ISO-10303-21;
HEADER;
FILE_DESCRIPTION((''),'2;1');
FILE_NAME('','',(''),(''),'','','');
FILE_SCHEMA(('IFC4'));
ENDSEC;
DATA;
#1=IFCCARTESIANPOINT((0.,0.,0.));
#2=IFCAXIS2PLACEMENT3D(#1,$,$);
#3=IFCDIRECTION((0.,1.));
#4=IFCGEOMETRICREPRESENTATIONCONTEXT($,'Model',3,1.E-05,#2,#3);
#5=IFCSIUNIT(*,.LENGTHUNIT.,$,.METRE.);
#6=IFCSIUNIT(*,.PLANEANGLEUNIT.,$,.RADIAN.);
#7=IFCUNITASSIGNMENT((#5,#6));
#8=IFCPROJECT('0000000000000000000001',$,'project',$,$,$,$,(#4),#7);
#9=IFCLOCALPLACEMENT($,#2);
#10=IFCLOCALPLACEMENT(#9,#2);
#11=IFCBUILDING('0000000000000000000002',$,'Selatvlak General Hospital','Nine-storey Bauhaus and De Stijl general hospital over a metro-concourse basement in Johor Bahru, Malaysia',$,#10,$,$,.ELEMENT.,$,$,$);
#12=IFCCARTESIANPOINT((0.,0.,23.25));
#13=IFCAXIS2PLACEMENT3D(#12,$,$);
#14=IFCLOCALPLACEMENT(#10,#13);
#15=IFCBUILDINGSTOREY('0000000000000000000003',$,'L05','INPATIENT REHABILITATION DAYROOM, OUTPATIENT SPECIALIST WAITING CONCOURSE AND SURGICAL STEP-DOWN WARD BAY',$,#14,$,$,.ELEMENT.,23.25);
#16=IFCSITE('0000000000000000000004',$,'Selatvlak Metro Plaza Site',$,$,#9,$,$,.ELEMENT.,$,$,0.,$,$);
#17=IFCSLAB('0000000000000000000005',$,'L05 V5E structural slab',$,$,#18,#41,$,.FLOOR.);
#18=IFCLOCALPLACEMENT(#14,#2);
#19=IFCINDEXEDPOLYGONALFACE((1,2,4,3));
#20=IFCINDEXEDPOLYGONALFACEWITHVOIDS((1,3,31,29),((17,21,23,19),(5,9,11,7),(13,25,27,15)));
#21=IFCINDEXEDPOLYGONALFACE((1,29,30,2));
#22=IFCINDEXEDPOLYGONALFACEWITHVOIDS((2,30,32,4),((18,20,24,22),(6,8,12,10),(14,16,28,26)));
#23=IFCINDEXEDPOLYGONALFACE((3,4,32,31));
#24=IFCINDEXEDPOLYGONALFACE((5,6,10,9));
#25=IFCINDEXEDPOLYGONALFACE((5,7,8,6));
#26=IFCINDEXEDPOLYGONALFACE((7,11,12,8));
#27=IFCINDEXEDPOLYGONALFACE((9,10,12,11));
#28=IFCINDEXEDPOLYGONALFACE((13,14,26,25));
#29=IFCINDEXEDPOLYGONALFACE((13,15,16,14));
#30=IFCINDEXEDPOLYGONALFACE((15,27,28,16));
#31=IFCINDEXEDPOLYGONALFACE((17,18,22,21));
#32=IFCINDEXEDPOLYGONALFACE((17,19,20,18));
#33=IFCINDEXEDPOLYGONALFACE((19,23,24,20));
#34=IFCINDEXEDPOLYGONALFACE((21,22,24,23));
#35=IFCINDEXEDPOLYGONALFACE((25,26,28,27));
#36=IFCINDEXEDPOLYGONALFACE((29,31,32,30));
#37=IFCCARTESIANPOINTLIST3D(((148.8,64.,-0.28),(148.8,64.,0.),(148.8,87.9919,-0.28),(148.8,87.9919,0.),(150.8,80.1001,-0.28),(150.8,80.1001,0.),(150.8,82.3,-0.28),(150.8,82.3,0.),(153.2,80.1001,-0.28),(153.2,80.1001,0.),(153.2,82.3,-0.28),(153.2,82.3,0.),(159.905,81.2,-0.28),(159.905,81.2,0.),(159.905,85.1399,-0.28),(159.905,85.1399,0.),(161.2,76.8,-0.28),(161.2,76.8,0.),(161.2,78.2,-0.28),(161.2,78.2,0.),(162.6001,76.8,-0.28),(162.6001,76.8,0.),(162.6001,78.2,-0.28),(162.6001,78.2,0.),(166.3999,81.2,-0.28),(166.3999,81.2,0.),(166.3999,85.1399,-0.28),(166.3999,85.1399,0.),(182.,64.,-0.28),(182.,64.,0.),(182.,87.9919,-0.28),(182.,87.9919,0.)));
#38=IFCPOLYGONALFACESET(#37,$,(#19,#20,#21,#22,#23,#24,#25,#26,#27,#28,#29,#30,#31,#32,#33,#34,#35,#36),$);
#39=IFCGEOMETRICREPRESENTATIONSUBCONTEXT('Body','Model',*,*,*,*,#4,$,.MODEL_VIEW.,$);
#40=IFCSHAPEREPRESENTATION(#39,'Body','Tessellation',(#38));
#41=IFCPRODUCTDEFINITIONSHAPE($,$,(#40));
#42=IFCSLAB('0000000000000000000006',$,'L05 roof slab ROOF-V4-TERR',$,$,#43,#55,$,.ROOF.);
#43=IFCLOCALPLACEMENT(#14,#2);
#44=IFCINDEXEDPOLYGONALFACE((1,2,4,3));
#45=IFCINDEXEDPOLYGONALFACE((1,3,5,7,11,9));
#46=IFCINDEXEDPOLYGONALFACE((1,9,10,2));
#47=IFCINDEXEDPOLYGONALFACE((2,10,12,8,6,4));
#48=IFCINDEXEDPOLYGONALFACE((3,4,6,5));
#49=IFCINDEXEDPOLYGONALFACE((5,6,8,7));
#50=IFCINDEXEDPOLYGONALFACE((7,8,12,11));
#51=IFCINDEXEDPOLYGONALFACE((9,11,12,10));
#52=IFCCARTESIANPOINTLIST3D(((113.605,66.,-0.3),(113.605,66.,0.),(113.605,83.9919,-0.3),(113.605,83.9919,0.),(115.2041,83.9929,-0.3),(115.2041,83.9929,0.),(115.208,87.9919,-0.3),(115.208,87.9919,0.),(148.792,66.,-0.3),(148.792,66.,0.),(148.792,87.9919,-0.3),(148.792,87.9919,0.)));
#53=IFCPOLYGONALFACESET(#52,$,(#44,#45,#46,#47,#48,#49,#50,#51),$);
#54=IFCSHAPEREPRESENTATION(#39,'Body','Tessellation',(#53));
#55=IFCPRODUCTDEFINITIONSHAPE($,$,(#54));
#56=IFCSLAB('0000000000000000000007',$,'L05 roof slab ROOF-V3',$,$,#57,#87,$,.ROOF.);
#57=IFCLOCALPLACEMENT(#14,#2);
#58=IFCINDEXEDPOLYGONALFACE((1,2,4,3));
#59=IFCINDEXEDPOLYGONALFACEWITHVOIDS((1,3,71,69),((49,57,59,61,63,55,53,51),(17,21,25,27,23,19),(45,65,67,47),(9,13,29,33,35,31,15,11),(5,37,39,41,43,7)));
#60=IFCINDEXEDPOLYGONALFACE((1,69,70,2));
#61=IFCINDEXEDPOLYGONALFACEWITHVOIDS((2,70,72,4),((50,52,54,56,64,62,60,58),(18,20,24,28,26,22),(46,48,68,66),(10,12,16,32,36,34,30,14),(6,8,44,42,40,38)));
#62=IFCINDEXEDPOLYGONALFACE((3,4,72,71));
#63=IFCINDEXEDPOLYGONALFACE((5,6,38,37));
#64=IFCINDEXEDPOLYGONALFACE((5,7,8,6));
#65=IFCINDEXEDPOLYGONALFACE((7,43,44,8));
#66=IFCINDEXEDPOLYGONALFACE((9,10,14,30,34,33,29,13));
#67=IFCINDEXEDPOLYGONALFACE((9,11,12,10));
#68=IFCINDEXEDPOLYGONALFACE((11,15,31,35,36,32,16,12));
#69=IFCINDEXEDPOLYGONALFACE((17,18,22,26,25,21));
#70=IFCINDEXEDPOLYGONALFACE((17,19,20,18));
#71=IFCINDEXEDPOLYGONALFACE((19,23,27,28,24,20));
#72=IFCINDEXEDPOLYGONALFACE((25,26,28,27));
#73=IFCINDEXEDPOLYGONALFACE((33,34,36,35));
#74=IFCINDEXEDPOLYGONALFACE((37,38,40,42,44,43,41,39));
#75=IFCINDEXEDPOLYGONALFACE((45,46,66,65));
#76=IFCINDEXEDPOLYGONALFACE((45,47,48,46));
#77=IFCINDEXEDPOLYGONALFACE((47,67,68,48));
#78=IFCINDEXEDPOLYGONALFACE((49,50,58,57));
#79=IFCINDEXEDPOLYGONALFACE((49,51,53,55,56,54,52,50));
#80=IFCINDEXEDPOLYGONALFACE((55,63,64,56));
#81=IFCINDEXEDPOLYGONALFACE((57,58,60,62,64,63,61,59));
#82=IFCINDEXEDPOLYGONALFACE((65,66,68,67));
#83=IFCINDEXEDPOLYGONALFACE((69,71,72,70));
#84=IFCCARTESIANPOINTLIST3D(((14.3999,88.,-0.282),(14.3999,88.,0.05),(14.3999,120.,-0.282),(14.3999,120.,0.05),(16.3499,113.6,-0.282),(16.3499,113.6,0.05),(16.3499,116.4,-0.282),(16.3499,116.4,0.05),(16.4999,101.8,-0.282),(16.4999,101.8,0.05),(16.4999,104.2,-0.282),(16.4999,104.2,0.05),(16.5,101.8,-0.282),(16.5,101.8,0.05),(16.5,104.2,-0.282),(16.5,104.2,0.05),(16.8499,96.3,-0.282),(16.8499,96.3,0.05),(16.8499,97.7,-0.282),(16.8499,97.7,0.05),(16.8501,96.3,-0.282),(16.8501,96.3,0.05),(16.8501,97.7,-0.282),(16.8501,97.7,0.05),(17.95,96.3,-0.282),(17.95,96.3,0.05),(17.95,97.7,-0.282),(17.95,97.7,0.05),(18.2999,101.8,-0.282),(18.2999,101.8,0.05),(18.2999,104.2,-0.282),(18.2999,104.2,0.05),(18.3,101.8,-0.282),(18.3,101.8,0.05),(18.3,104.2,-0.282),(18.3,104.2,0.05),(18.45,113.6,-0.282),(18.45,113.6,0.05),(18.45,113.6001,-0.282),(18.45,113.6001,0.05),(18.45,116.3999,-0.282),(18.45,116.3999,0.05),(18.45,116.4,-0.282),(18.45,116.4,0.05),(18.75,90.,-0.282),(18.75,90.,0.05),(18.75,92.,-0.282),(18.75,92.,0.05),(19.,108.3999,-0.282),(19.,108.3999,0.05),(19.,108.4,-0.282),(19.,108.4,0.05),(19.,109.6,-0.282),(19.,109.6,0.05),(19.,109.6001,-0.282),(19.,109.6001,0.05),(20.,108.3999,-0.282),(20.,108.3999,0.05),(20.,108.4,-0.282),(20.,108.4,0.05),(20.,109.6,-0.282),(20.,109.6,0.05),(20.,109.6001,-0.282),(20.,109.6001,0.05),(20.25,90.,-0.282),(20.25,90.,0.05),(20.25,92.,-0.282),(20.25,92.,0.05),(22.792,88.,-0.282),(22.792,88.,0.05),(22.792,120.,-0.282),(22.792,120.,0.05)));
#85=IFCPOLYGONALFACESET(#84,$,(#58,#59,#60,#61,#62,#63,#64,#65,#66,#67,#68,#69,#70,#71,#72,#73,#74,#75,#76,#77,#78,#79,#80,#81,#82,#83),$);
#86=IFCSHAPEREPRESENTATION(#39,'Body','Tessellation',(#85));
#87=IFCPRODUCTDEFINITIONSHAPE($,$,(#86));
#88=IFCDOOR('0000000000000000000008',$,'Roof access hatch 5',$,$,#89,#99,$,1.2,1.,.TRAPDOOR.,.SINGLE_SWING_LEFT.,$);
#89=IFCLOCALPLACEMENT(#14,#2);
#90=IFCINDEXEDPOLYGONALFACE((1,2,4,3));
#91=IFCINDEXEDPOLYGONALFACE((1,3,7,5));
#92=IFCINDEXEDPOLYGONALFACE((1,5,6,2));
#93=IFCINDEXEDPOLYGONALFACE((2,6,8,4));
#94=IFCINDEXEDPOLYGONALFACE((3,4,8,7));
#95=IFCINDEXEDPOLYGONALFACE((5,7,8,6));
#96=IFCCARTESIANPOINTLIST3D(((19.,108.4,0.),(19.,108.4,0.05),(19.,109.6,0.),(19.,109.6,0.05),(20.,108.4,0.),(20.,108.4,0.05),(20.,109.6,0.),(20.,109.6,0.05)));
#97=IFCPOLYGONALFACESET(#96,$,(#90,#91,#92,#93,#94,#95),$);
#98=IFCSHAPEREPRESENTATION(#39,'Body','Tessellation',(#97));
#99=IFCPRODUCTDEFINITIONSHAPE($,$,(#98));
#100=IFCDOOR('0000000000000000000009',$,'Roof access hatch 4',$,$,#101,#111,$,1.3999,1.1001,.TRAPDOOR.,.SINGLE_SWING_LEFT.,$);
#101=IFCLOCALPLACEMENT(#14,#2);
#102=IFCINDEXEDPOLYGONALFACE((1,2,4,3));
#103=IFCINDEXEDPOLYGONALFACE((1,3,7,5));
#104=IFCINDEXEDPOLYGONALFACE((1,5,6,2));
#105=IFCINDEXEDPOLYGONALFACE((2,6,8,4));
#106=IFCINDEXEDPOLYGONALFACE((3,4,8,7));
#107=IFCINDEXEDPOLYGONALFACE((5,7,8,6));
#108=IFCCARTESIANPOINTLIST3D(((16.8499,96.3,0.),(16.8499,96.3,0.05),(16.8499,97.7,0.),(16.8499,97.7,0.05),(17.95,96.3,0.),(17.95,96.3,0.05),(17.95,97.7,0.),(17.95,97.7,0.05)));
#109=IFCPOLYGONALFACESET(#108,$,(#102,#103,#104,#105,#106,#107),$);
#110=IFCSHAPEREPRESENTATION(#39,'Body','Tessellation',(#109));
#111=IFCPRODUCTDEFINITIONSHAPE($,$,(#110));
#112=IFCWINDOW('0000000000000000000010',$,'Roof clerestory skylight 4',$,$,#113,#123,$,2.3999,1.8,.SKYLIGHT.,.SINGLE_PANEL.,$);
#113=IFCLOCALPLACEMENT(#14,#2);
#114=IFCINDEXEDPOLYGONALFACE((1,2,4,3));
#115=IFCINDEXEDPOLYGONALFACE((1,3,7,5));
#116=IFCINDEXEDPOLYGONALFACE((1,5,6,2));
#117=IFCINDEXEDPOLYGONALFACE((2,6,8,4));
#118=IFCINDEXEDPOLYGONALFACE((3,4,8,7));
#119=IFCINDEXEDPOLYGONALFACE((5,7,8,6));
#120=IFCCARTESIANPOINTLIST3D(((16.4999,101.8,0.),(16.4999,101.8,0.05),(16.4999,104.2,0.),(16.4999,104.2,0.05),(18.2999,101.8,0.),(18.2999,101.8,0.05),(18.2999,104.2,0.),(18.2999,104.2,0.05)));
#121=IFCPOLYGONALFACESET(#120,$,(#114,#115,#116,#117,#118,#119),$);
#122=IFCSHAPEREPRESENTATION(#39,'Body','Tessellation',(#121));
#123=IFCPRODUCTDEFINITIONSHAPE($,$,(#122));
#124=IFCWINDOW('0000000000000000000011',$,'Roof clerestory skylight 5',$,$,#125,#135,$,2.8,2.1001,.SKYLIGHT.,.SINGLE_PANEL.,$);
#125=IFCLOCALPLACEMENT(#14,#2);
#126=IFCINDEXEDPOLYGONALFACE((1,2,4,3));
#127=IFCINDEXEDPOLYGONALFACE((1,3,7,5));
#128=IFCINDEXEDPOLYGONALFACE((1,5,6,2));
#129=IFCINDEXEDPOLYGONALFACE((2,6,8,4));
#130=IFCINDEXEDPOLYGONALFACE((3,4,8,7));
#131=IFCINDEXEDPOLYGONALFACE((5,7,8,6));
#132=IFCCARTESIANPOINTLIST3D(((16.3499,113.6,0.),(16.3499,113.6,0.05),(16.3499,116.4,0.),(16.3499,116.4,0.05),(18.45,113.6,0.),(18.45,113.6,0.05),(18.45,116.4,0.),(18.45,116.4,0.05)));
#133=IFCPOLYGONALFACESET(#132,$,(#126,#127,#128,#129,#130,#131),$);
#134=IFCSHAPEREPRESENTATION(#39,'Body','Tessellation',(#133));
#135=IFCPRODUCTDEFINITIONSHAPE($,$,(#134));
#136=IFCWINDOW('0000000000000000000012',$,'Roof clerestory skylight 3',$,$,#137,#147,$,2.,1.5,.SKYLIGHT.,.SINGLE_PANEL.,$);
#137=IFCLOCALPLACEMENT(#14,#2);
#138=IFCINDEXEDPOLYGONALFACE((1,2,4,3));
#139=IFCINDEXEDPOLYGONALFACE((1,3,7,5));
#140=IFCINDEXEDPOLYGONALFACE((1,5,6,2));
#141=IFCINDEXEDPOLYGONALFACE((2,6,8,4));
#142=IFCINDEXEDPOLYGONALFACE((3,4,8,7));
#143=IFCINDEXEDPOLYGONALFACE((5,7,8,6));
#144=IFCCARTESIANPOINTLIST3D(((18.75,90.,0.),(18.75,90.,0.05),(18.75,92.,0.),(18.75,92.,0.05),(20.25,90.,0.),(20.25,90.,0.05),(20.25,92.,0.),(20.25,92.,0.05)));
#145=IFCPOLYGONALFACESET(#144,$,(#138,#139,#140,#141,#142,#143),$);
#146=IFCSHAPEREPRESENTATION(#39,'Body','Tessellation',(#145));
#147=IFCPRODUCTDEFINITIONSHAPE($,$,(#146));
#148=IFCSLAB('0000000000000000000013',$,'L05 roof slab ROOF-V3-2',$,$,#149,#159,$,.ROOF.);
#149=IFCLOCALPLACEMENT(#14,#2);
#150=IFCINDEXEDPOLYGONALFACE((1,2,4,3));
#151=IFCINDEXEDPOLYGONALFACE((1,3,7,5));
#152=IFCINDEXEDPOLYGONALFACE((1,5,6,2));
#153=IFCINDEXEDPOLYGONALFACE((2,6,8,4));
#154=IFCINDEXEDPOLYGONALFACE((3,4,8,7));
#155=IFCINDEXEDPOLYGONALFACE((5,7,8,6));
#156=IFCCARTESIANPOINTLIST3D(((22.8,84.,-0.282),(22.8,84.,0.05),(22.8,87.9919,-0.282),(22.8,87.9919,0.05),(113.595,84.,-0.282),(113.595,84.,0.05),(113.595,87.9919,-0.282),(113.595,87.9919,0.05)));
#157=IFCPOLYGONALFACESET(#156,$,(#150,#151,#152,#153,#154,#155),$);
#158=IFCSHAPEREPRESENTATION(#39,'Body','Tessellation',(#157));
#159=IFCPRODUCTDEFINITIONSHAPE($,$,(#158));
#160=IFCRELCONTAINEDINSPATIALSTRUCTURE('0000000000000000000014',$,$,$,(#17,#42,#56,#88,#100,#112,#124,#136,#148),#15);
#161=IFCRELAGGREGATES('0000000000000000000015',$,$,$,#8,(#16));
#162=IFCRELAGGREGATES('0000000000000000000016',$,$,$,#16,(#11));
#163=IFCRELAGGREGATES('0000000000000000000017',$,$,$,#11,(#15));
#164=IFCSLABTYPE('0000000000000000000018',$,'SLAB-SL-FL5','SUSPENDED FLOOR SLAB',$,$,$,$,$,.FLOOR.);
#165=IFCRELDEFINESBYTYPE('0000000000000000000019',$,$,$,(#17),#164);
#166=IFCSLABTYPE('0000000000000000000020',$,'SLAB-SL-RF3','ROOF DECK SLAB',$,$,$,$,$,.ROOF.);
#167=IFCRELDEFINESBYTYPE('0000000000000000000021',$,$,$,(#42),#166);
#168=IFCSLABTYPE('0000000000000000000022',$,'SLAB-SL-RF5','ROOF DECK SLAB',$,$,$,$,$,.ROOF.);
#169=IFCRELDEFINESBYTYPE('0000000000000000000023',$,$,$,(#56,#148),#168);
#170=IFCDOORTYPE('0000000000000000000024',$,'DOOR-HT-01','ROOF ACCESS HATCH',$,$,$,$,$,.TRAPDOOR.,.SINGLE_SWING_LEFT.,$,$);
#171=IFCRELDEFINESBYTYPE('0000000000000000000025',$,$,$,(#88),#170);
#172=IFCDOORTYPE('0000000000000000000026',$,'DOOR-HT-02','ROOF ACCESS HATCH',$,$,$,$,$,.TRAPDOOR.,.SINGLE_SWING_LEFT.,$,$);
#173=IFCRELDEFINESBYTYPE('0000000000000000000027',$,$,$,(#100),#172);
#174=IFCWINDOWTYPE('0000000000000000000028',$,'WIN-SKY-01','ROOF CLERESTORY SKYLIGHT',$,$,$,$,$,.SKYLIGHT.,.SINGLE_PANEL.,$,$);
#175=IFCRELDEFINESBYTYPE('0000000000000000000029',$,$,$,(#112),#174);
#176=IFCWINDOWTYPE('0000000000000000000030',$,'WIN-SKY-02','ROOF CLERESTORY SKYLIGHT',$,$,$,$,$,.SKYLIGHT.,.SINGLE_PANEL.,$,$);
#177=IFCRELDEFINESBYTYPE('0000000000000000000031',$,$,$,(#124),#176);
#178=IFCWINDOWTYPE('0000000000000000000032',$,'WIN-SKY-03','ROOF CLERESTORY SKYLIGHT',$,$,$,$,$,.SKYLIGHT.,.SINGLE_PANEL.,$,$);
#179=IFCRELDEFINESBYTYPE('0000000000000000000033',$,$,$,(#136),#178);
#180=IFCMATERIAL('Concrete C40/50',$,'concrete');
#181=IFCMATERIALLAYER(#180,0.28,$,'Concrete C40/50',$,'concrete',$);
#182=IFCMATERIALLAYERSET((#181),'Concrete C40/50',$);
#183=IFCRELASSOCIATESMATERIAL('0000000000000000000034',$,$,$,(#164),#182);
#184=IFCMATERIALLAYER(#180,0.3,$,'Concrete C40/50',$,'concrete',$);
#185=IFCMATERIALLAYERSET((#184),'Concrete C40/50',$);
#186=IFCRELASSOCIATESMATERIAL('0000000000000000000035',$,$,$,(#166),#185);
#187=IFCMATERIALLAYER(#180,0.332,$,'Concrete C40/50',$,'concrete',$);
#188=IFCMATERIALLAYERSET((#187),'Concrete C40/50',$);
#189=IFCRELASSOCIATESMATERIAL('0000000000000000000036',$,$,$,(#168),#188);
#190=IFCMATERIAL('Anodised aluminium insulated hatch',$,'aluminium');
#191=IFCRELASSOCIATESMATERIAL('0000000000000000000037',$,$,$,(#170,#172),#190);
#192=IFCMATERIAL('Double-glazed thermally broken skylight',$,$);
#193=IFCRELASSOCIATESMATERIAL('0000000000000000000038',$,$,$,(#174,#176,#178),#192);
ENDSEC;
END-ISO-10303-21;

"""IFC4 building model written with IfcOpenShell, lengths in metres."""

from ifc_helpers import new_model, si_unit, direction, frame, origin, origin_2d, place, context, subcontext, project, spatial, polyline, rectangle, outline, extrude, material, layer, layer_set, type_object, element, fill, save


model = new_model("IFC4")

# Units and contexts
model_context = context("Model", 3, precision=1e-05, world=origin(), true_north=direction((0.0, 1.0)))
body_context = subcontext(model_context, "Body", "Model", "MODEL_VIEW")
ifc_project = project(units=[si_unit("LENGTHUNIT", "METRE"), si_unit("PLANEANGLEUNIT", "RADIAN")], contexts=[model_context])

# Site, building, storey
site_placement = place(None, origin())
site = spatial("IfcSite", under=ifc_project, at=site_placement, Name="Selatvlak Metro Plaza Site", CompositionType="ELEMENT", RefElevation=0.0)
building_placement = place(site_placement, origin())
building = spatial("IfcBuilding", under=site, at=building_placement, Name="Selatvlak General Hospital", Description="Nine-storey Bauhaus and De Stijl general hospital over a metro-concourse basement in Johor Bahru, Malaysia", CompositionType="ELEMENT")
storey_placement = place(building_placement, frame((0.0, 0.0, 23.25)))
storey = spatial("IfcBuildingStorey", under=building, at=storey_placement, Name="L05", Description="INPATIENT REHABILITATION DAYROOM, OUTPATIENT SPECIALIST WAITING CONCOURSE AND SURGICAL STEP-DOWN WARD BAY", CompositionType="ELEMENT", Elevation=23.25)

# Shared definitions
ifc_material_1 = material(Name="Concrete C40/50", Category="concrete")

# Slabs
ifc_layer_1 = layer(ifc_material_1, 0.28, Name="Concrete C40/50", Category="concrete")
ifc_layer_set_1 = layer_set([ifc_layer_1], Name="Concrete C40/50")
slab_type_1 = type_object("IfcSlabType", Name="SLAB-SL-FL5", Description="SUSPENDED FLOOR SLAB", PredefinedType="FLOOR", material=ifc_layer_set_1)
slab_1_placement = place(storey_placement, frame((0.0, 0.0, -0.28)))
element("IfcSlab", 1, at=slab_1_placement, inside=storey, type_object=slab_type_1, Name="L05 V5E structural slab", PredefinedType="FLOOR", context=body_context, shape_type="SweptSolid", body=[
    extrude(outline(polyline([(182.0, 87.9919), (182.0, 64.0), (148.8, 64.0), (148.8, 87.9919), (182.0, 87.9919)]), holes=[polyline([(159.905, 85.1399), (159.905, 81.2), (166.3999, 81.2), (166.3999, 85.1399), (159.905, 85.1399)]), polyline([(150.8, 82.3), (150.8, 80.1001), (153.2, 80.1001), (153.2, 82.3), (150.8, 82.3)]), polyline([(162.6001, 78.2), (161.2, 78.2), (161.2, 76.8), (162.6001, 76.8), (162.6001, 78.2)])]), origin(), (0.0, 0.0, 1.0), 0.28),
])
ifc_layer_2 = layer(ifc_material_1, 0.3, Name="Concrete C40/50", Category="concrete")
ifc_layer_set_2 = layer_set([ifc_layer_2], Name="Concrete C40/50")
slab_type_2 = type_object("IfcSlabType", Name="SLAB-SL-RF3", Description="ROOF DECK SLAB", PredefinedType="ROOF", material=ifc_layer_set_2)
slab_2_placement = place(storey_placement, frame((0.0, 0.0, -0.3)))
element("IfcSlab", 2, at=slab_2_placement, inside=storey, type_object=slab_type_2, Name="L05 roof slab ROOF-V4-TERR", PredefinedType="ROOF", context=body_context, shape_type="SweptSolid", body=[
    extrude(outline(polyline([(115.2041, 83.9929), (115.208, 87.9919), (148.792, 87.9919), (148.792, 66.0), (113.605, 66.0), (113.605, 83.9919), (115.2041, 83.9929)])), origin(), (0.0, 0.0, 1.0), 0.3),
])

# Slab, openings, doors, windows
ifc_layer_3 = layer(ifc_material_1, 0.332, Name="Concrete C40/50", Category="concrete")
ifc_layer_set_3 = layer_set([ifc_layer_3], Name="Concrete C40/50")
slab_type_3 = type_object("IfcSlabType", Name="SLAB-SL-RF5", Description="ROOF DECK SLAB", PredefinedType="ROOF", material=ifc_layer_set_3)
slab_3_placement = place(storey_placement, frame((0.0, 0.0, -0.282)))
slab_3 = element("IfcSlab", 3, at=slab_3_placement, inside=storey, type_object=slab_type_3, Name="L05 roof slab ROOF-V3", PredefinedType="ROOF", context=body_context, shape_type="SweptSolid", body=[
    extrude(outline(polyline([(14.3999, 88.0), (14.3999, 120.0), (22.792, 120.0), (22.792, 88.0), (14.3999, 88.0)]), holes=[polyline([(18.75, 90.0), (20.25, 90.0), (20.25, 92.0), (18.75, 92.0), (18.75, 90.0)]), polyline([(16.8501, 96.3), (17.95, 96.3), (17.95, 97.7), (16.8501, 97.7), (16.8501, 96.3)]), polyline([(16.5, 101.8), (18.3, 101.8), (18.3, 104.2), (16.5, 104.2), (16.5, 101.8)]), polyline([(19.0, 108.3999), (20.0, 108.3999), (20.0, 109.6001), (19.0, 109.6001), (19.0, 108.3999)]), polyline([(16.3501, 113.6001), (18.45, 113.6001), (18.45, 116.3999), (16.3501, 116.3999), (16.3501, 113.6001)])]), origin(), (0.0, 0.0, 1.0), 0.332),
])
opening_1_placement = place(slab_3_placement, frame((19.5, 91.0, 0.0)))
opening_1 = element("IfcOpeningElement", 4, at=opening_1_placement, cuts=slab_3, PredefinedType="OPENING", context=body_context, shape_type="SweptSolid", body=[
    extrude(rectangle(XDim=1.5, YDim=2.0, at=origin_2d()), frame((0.0, 0.0, -0.01)), (0.0, 0.0, 1.0), 0.3521),
])
opening_2_placement = place(slab_3_placement, frame((17.3999, 97.0, 0.0)))
opening_2 = element("IfcOpeningElement", 5, at=opening_2_placement, cuts=slab_3, PredefinedType="OPENING", context=body_context, shape_type="SweptSolid", body=[
    extrude(rectangle(XDim=1.1001, YDim=1.3999, at=origin_2d()), frame((0.0, 0.0, -0.01)), (0.0, 0.0, 1.0), 0.3521),
])
opening_3_placement = place(slab_3_placement, frame((17.3999, 103.0, 0.0)))
opening_3 = element("IfcOpeningElement", 6, at=opening_3_placement, cuts=slab_3, PredefinedType="OPENING", context=body_context, shape_type="SweptSolid", body=[
    extrude(rectangle(XDim=1.8, YDim=2.3999, at=origin_2d()), frame((0.0, 0.0, -0.01)), (0.0, 0.0, 1.0), 0.3521),
])
opening_4_placement = place(slab_3_placement, frame((19.5, 109.0, 0.0)))
opening_4 = element("IfcOpeningElement", 7, at=opening_4_placement, cuts=slab_3, PredefinedType="OPENING", context=body_context, shape_type="SweptSolid", body=[
    extrude(rectangle(XDim=1.0, YDim=1.2, at=origin_2d()), frame((0.0, 0.0, -0.01)), (0.0, 0.0, 1.0), 0.3521),
])
opening_5_placement = place(slab_3_placement, frame((17.3999, 115.0, 0.0)))
opening_5 = element("IfcOpeningElement", 8, at=opening_5_placement, cuts=slab_3, PredefinedType="OPENING", context=body_context, shape_type="SweptSolid", body=[
    extrude(rectangle(XDim=2.1001, YDim=2.8, at=origin_2d()), frame((0.0, 0.0, -0.01)), (0.0, 0.0, 1.0), 0.3521),
])
ifc_material_2 = material(Name="Anodised aluminium insulated hatch", Category="aluminium")
door_type_1 = type_object("IfcDoorType", Name="DOOR-HT-01", Description="ROOF ACCESS HATCH", OperationType="SINGLE_SWING_LEFT", PredefinedType="TRAPDOOR", material=ifc_material_2)
door_1_placement = place(opening_4_placement, frame((0.0, 0.0, 0.282)))
door_1 = element("IfcDoor", 9, at=door_1_placement, inside=storey, type_object=door_type_1, Name="Roof access hatch 5", OperationType="SINGLE_SWING_LEFT", OverallHeight=1.2, OverallWidth=1.0, PredefinedType="TRAPDOOR", context=body_context, shape_type="SweptSolid", body=[
    extrude(rectangle(XDim=1.0, YDim=1.2, at=origin_2d()), origin(), (0.0, 0.0, 1.0), 0.05),
])
fill(opening_4, door_1)
door_type_2 = type_object("IfcDoorType", Name="DOOR-HT-02", Description="ROOF ACCESS HATCH", OperationType="SINGLE_SWING_LEFT", PredefinedType="TRAPDOOR", material=ifc_material_2)
door_2_placement = place(opening_2_placement, frame((0.0, 0.0, 0.282)))
door_2 = element("IfcDoor", 10, at=door_2_placement, inside=storey, type_object=door_type_2, Name="Roof access hatch 4", OperationType="SINGLE_SWING_LEFT", OverallHeight=1.3999, OverallWidth=1.1001, PredefinedType="TRAPDOOR", context=body_context, shape_type="SweptSolid", body=[
    extrude(rectangle(XDim=1.1001, YDim=1.3999, at=origin_2d()), origin(), (0.0, 0.0, 1.0), 0.05),
])
fill(opening_2, door_2)
ifc_material_3 = material(Name="Double-glazed thermally broken skylight")
window_type_1 = type_object("IfcWindowType", Name="WIN-SKY-01", Description="ROOF CLERESTORY SKYLIGHT", PartitioningType="SINGLE_PANEL", PredefinedType="SKYLIGHT", material=ifc_material_3)
window_1_placement = place(opening_3_placement, frame((0.0, 0.0, 0.282)))
window_1 = element("IfcWindow", 11, at=window_1_placement, inside=storey, type_object=window_type_1, Name="Roof clerestory skylight 4", OverallHeight=2.3999, OverallWidth=1.8, PartitioningType="SINGLE_PANEL", PredefinedType="SKYLIGHT", context=body_context, shape_type="SweptSolid", body=[
    extrude(rectangle(XDim=1.8, YDim=2.3999, at=origin_2d()), origin(), (0.0, 0.0, 1.0), 0.05),
])
fill(opening_3, window_1)
window_type_2 = type_object("IfcWindowType", Name="WIN-SKY-02", Description="ROOF CLERESTORY SKYLIGHT", PartitioningType="SINGLE_PANEL", PredefinedType="SKYLIGHT", material=ifc_material_3)
window_2_placement = place(opening_5_placement, frame((0.0, 0.0, 0.282)))
window_2 = element("IfcWindow", 12, at=window_2_placement, inside=storey, type_object=window_type_2, Name="Roof clerestory skylight 5", OverallHeight=2.8, OverallWidth=2.1001, PartitioningType="SINGLE_PANEL", PredefinedType="SKYLIGHT", context=body_context, shape_type="SweptSolid", body=[
    extrude(rectangle(XDim=2.1001, YDim=2.8, at=origin_2d()), origin(), (0.0, 0.0, 1.0), 0.05),
])
fill(opening_5, window_2)
window_type_3 = type_object("IfcWindowType", Name="WIN-SKY-03", Description="ROOF CLERESTORY SKYLIGHT", PartitioningType="SINGLE_PANEL", PredefinedType="SKYLIGHT", material=ifc_material_3)
window_3_placement = place(opening_1_placement, frame((0.0, 0.0, 0.282)))
window_3 = element("IfcWindow", 13, at=window_3_placement, inside=storey, type_object=window_type_3, Name="Roof clerestory skylight 3", OverallHeight=2.0, OverallWidth=1.5, PartitioningType="SINGLE_PANEL", PredefinedType="SKYLIGHT", context=body_context, shape_type="SweptSolid", body=[
    extrude(rectangle(XDim=1.5, YDim=2.0, at=origin_2d()), origin(), (0.0, 0.0, 1.0), 0.05),
])
fill(opening_1, window_3)

# Slab
slab_4_placement = place(storey_placement, frame((0.0, 0.0, -0.282)))
element("IfcSlab", 14, at=slab_4_placement, inside=storey, type_object=slab_type_3, Name="L05 roof slab ROOF-V3-2", PredefinedType="ROOF", context=body_context, shape_type="SweptSolid", body=[
    extrude(outline(polyline([(22.8, 87.9919), (113.595, 87.9919), (113.595, 84.0), (22.8, 84.0), (22.8, 87.9919)])), origin(), (0.0, 0.0, 1.0), 0.332),
])

save(model, "model.ifc")
